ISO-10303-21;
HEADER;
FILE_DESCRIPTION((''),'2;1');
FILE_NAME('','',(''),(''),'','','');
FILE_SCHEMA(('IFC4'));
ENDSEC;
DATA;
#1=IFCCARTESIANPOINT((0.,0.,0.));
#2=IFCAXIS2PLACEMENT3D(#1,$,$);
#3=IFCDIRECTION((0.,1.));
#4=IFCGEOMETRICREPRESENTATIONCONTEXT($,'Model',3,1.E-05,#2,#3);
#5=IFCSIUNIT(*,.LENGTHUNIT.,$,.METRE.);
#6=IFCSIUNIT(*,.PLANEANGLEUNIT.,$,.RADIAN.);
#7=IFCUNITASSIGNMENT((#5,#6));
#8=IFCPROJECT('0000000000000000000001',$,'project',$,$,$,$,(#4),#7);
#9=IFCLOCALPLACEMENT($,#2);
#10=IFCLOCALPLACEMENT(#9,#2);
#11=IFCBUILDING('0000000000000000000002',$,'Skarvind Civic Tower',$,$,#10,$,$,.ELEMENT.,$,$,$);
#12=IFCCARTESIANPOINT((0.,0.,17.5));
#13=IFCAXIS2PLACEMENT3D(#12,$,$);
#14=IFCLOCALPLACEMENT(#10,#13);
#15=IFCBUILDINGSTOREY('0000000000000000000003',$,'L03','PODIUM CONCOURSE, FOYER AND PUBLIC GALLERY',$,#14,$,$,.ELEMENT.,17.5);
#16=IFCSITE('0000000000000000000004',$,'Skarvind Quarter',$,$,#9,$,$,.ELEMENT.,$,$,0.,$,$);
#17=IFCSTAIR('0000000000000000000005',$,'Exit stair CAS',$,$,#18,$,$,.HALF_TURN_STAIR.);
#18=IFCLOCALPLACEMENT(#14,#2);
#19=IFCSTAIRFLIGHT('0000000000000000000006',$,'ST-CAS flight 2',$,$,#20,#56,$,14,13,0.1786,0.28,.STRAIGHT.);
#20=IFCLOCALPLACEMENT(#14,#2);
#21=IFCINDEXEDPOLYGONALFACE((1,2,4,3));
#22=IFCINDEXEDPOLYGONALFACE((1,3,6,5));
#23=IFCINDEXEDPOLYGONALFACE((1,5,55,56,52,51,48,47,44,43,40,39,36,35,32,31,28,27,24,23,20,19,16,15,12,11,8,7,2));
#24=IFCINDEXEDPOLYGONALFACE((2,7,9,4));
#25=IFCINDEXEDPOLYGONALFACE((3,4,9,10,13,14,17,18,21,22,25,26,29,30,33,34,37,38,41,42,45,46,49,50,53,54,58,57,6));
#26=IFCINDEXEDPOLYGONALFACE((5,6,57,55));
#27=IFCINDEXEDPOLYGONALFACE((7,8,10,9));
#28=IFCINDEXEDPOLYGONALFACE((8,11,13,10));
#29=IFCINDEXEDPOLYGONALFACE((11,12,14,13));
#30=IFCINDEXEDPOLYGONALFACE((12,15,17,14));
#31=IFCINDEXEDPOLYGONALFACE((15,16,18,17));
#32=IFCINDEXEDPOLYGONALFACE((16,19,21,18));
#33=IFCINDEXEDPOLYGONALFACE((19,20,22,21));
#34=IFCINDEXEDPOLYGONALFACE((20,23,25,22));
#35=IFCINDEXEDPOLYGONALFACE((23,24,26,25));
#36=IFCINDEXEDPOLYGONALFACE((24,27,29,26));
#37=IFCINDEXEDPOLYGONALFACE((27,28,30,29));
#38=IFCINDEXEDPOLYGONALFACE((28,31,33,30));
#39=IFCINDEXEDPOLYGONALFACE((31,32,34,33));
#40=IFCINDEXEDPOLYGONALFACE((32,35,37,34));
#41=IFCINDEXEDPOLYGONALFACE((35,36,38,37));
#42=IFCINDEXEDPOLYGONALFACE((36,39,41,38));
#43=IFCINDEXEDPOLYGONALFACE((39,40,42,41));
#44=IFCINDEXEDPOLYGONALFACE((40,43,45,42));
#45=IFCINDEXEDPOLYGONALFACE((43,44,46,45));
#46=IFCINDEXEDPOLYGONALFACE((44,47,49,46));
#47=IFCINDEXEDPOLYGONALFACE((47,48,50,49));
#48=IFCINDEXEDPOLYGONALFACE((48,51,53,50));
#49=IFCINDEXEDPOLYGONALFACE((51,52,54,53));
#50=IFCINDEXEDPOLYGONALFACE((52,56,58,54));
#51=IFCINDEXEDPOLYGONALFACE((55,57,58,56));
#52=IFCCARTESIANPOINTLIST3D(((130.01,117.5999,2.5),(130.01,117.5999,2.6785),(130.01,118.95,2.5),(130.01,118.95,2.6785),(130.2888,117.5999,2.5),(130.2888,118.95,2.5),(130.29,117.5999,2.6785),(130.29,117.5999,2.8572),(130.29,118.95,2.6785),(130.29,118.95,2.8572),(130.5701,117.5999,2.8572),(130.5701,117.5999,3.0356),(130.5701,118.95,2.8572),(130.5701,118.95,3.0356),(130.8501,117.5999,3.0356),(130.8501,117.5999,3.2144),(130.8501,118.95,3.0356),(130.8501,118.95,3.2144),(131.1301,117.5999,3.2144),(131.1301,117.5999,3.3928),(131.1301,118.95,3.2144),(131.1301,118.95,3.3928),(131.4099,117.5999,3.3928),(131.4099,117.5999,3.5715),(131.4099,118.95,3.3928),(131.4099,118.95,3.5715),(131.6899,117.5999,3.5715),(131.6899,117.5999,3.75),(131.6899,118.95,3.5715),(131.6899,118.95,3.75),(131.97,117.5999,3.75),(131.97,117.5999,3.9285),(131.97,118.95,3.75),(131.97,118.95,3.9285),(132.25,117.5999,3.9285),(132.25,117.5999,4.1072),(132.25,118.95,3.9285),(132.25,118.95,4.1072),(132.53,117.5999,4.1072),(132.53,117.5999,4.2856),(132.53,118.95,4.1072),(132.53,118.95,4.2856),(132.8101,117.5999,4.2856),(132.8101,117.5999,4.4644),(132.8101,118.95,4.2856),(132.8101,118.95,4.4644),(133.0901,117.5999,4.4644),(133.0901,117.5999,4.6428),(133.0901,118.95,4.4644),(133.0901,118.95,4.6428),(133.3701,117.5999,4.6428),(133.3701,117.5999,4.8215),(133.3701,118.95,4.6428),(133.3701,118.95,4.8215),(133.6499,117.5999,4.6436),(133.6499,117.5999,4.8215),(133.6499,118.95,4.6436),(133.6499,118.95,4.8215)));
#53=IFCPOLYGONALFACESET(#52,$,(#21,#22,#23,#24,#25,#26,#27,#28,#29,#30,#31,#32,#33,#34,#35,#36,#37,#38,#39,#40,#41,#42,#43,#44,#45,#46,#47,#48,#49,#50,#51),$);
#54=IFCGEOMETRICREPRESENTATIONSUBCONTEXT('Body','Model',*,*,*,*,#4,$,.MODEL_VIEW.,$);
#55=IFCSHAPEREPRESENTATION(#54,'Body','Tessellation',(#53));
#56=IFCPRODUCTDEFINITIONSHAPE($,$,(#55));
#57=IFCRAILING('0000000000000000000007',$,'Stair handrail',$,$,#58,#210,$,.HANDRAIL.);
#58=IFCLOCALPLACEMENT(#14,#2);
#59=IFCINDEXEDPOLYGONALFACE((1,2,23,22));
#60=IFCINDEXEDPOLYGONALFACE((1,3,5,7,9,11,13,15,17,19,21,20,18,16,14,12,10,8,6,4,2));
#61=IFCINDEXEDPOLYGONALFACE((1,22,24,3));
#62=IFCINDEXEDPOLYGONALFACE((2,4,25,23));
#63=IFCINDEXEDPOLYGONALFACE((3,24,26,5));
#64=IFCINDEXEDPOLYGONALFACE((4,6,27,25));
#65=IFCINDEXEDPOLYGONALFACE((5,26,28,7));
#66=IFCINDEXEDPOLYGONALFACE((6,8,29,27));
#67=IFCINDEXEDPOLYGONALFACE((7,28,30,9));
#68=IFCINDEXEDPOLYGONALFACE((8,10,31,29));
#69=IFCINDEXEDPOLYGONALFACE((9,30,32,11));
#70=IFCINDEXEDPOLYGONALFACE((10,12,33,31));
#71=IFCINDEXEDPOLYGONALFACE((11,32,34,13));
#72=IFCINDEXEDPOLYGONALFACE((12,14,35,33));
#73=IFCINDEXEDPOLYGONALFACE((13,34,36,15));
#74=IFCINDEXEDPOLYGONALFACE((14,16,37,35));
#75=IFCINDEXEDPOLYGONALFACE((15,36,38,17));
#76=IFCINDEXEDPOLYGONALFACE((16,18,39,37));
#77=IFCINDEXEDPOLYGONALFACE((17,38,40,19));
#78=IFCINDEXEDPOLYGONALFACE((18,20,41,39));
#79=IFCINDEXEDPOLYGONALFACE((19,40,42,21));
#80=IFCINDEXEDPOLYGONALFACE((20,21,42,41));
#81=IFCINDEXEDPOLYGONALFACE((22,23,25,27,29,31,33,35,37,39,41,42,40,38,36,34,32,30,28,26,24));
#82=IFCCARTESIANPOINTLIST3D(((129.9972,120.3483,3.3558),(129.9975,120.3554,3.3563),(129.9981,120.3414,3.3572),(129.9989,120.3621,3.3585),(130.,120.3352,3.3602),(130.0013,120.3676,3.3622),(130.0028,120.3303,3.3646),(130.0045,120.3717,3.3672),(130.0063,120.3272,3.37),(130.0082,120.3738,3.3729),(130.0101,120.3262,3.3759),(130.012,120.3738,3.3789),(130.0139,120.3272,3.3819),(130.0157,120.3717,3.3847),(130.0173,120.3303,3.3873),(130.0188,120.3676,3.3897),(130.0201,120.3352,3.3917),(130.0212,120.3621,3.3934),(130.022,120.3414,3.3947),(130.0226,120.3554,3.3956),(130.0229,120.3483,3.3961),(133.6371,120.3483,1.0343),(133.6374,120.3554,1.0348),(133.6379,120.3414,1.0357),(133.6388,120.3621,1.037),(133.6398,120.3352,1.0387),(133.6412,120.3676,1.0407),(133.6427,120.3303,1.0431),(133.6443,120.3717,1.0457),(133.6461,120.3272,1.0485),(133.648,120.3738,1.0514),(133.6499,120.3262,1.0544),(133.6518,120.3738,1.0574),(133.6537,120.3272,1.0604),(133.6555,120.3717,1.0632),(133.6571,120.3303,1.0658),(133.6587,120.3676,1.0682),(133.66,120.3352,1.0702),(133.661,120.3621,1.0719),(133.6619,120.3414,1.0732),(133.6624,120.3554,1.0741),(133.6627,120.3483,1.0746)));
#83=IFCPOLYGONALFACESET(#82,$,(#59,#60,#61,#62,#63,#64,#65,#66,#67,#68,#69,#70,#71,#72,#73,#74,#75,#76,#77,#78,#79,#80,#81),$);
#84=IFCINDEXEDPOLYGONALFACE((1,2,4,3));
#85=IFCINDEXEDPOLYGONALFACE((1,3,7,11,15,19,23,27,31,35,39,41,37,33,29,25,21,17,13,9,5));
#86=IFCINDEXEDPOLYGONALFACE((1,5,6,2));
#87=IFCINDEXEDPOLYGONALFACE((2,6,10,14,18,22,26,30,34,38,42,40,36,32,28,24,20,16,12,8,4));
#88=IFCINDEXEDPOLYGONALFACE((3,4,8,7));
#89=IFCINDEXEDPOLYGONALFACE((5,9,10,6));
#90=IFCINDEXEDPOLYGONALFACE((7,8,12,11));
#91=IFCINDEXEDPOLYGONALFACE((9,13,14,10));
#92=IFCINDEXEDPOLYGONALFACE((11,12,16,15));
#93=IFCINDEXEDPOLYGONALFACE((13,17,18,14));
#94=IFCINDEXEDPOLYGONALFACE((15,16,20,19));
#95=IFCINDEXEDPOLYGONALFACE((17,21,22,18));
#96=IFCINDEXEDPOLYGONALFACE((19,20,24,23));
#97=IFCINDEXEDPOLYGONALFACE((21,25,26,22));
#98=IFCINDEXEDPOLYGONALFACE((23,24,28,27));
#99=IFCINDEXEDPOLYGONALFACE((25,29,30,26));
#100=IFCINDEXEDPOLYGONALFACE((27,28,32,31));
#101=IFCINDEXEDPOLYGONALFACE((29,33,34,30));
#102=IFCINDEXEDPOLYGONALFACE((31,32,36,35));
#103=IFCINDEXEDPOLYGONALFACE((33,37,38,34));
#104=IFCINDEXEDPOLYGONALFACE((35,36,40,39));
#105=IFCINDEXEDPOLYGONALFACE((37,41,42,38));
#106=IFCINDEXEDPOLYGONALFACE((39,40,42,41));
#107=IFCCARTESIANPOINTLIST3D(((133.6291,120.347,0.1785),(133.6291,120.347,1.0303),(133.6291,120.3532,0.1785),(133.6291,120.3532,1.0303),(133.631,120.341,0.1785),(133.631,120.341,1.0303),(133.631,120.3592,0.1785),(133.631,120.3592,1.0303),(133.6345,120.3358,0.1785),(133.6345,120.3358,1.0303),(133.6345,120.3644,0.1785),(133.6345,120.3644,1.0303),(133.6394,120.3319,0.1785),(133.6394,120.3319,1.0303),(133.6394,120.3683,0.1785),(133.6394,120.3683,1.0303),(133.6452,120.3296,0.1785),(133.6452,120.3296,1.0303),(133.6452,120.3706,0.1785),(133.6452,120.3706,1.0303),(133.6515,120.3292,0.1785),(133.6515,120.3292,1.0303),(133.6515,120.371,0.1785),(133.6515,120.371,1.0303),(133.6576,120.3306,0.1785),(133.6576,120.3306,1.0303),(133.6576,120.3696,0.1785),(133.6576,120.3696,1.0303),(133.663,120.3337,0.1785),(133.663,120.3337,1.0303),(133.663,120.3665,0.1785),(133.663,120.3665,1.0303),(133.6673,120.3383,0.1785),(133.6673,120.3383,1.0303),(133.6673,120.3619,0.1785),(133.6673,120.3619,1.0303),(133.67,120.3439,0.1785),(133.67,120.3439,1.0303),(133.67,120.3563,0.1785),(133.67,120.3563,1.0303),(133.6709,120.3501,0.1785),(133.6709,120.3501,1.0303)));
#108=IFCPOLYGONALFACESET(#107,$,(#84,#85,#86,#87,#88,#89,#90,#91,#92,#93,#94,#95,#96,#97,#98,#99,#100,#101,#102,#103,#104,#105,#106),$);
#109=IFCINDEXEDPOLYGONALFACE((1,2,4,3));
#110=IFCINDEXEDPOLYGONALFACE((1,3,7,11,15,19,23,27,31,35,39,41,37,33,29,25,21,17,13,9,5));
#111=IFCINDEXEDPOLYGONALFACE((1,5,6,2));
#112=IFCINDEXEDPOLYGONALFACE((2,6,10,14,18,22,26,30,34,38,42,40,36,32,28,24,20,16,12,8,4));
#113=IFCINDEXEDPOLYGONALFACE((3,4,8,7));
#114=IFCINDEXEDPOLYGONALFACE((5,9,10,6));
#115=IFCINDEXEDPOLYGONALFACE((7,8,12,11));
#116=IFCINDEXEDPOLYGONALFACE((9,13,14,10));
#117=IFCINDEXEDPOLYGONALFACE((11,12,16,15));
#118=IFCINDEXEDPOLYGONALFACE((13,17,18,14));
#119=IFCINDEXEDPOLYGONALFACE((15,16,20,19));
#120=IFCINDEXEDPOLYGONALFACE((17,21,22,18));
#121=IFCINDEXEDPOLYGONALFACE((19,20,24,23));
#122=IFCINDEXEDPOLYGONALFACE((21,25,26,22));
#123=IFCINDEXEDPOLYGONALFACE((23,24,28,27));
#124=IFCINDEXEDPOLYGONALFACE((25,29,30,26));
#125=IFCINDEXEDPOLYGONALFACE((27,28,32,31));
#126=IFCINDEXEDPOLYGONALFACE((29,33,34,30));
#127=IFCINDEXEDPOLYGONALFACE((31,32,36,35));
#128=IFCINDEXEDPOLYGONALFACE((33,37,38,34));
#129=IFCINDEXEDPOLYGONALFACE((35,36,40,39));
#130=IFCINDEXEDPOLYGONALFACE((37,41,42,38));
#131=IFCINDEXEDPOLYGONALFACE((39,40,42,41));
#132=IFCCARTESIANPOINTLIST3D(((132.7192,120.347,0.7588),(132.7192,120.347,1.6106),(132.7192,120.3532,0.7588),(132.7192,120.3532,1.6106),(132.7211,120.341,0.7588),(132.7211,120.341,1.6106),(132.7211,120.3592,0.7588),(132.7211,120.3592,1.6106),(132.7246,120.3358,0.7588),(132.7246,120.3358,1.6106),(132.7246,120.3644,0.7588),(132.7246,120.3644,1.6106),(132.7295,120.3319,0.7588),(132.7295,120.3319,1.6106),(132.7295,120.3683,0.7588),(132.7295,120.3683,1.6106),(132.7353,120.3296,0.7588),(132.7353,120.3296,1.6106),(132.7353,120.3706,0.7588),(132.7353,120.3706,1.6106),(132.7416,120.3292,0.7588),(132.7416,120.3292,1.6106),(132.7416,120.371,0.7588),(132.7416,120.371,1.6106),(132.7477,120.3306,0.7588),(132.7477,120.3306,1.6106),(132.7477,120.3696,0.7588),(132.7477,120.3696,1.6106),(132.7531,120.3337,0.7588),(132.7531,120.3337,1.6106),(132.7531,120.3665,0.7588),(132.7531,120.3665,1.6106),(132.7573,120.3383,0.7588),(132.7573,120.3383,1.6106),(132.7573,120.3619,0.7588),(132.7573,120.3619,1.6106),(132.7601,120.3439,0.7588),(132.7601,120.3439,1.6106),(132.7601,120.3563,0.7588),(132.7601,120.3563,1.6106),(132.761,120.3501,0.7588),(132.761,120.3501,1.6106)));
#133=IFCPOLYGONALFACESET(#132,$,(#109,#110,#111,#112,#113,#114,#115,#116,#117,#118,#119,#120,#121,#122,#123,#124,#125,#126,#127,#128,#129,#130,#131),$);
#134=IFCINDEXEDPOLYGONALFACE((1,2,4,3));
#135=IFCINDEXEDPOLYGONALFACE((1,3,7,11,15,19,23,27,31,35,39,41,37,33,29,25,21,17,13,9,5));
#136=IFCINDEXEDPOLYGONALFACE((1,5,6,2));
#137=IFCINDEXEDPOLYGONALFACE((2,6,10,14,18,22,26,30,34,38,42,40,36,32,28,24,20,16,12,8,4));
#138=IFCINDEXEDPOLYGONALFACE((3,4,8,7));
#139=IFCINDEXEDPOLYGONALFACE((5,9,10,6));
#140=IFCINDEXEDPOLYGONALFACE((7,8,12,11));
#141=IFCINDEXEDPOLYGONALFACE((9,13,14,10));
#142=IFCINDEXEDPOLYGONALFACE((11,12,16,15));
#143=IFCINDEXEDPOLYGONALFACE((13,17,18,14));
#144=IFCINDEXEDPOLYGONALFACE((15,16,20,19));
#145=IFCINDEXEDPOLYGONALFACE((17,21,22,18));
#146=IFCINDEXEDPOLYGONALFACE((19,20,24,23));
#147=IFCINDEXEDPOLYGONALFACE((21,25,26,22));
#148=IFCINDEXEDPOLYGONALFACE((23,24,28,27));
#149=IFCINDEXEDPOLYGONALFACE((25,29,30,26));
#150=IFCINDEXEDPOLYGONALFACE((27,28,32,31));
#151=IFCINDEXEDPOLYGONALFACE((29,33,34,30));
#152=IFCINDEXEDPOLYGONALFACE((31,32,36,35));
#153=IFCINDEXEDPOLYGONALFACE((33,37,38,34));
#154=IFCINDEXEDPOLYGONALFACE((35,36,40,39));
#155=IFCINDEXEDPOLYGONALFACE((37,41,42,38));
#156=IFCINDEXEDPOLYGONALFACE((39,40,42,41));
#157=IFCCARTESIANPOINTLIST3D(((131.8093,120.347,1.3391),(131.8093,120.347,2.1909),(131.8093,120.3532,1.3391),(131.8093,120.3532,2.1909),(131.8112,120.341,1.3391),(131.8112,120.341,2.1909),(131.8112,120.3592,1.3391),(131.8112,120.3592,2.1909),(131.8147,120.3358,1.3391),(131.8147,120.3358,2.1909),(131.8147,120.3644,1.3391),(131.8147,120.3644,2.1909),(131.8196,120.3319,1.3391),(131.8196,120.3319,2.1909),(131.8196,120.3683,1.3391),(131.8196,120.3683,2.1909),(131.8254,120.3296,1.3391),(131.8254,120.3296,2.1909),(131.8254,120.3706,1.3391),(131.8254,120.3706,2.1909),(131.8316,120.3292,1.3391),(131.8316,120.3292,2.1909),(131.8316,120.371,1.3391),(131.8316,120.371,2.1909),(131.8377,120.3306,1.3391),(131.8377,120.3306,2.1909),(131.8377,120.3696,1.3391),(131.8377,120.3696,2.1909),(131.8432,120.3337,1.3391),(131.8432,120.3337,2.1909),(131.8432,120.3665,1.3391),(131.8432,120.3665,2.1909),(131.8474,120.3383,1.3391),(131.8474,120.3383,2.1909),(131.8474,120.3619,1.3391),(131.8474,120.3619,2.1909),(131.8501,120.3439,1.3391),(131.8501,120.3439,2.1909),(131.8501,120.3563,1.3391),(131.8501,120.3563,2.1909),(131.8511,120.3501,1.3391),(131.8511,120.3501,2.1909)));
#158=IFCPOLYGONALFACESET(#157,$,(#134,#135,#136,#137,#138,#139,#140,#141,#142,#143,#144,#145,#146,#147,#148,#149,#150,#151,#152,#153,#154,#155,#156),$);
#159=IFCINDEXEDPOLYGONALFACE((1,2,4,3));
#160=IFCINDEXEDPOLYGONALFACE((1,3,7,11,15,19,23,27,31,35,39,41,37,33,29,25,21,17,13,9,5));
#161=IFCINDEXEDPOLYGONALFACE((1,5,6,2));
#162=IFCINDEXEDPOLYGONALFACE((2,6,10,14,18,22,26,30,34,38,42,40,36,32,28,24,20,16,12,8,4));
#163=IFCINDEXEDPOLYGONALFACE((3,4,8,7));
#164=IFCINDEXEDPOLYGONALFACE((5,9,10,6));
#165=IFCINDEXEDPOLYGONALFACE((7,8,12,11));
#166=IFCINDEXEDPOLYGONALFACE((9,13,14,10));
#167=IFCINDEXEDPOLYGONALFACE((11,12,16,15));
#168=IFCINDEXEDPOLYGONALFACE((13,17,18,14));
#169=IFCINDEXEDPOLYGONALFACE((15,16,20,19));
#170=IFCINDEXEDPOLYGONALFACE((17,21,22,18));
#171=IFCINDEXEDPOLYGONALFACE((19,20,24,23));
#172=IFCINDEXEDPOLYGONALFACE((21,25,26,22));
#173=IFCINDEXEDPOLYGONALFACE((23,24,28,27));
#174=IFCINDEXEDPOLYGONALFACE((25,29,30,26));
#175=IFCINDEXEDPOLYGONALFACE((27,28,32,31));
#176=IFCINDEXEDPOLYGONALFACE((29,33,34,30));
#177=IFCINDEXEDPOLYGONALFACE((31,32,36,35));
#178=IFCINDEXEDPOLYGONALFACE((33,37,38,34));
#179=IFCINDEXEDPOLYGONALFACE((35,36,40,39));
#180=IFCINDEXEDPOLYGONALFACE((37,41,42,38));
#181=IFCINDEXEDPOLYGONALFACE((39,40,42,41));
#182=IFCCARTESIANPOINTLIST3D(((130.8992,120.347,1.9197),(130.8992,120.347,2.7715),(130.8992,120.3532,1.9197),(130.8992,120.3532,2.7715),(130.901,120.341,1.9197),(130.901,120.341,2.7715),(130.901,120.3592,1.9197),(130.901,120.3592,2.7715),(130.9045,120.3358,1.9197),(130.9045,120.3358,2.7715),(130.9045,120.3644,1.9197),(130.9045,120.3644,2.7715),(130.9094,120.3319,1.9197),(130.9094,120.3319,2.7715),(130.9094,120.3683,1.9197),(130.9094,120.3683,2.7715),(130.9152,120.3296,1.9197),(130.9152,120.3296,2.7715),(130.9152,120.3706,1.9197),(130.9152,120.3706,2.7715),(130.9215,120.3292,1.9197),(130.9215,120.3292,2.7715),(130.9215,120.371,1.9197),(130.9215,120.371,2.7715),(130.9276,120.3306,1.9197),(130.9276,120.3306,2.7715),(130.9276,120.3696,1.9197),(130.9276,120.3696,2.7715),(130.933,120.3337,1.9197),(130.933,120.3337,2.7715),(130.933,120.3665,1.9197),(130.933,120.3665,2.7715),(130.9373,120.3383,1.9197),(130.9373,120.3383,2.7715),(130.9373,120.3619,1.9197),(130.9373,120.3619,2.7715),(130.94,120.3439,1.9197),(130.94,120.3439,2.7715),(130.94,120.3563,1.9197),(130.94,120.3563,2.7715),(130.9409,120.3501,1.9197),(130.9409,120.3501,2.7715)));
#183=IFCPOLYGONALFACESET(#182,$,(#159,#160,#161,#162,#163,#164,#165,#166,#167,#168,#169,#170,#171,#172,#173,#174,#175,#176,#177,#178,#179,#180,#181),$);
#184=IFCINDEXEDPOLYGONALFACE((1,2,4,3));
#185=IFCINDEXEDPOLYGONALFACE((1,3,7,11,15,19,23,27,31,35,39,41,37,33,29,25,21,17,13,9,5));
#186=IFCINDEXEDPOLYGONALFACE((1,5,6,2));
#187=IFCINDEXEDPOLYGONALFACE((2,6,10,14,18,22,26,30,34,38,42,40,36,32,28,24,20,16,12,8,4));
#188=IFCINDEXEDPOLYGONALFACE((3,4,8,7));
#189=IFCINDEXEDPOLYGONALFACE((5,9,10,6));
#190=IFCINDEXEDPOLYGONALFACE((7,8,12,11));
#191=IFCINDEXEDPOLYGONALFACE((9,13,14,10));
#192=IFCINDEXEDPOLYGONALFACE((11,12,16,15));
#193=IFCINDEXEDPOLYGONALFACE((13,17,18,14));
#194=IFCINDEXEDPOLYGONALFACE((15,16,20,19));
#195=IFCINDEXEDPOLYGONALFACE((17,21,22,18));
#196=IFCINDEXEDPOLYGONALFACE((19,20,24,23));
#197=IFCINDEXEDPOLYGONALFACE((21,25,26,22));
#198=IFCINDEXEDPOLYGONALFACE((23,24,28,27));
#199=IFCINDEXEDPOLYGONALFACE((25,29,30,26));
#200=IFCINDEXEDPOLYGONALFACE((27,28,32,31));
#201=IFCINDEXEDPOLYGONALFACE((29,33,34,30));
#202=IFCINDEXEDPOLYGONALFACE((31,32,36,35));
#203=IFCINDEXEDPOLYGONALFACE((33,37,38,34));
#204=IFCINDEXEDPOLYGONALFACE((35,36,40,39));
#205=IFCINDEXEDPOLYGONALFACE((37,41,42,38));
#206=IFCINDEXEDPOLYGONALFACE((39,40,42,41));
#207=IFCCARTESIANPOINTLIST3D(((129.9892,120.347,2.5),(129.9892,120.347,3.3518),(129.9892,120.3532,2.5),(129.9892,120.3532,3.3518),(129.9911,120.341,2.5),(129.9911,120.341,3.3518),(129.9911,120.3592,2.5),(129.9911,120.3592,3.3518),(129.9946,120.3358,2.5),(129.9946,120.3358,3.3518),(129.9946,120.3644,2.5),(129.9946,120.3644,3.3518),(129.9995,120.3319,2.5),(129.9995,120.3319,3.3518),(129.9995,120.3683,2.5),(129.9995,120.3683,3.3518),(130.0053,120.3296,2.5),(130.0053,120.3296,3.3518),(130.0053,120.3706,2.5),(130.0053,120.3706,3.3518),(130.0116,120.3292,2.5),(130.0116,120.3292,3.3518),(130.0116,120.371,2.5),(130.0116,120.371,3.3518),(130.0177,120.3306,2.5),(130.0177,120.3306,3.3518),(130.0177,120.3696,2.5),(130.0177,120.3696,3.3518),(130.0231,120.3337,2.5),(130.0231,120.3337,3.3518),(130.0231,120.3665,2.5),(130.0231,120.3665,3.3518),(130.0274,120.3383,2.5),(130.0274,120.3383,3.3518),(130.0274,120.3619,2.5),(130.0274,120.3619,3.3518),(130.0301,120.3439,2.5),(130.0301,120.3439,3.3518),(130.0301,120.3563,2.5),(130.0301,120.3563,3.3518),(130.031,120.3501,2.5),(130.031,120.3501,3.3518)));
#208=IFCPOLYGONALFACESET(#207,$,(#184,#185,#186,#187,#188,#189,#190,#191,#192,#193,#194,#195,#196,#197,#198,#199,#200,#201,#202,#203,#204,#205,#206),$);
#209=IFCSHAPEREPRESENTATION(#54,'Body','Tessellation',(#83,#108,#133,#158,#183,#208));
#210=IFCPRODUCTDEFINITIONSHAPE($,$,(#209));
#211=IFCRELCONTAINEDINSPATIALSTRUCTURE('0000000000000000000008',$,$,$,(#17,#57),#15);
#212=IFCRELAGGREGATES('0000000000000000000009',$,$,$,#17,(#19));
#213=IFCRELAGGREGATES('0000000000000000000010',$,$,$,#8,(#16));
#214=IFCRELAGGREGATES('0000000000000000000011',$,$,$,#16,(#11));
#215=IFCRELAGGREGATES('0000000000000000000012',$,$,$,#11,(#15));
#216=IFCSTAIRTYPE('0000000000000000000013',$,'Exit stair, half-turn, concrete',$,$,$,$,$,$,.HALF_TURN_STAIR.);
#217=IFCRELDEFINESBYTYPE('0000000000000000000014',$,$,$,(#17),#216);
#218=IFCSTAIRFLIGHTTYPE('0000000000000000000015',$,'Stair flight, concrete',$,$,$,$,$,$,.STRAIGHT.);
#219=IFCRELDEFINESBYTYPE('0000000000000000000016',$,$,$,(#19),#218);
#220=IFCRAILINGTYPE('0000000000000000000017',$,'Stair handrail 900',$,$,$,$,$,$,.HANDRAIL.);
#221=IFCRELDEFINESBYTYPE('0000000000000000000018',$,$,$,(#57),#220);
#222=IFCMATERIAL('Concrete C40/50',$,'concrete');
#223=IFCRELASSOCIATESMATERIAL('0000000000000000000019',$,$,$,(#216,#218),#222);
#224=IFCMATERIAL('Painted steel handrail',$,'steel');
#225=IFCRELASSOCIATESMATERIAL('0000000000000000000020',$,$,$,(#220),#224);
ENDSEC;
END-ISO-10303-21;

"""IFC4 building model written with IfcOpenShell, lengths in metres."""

from ifc_helpers import new_model, si_unit, direction, frame, origin, origin_2d, place, context, subcontext, project, spatial, polyline, circle, outline, extrude, material, type_object, element, aggregate, save


model = new_model("IFC4")

# Units and contexts
model_context = context("Model", 3, precision=1e-05, world=origin(), true_north=direction((0.0, 1.0)))
body_context = subcontext(model_context, "Body", "Model", "MODEL_VIEW")
ifc_project = project(units=[si_unit("LENGTHUNIT", "METRE"), si_unit("PLANEANGLEUNIT", "RADIAN")], contexts=[model_context])

# Site, building, storey
site_placement = place(None, origin())
site = spatial("IfcSite", under=ifc_project, at=site_placement, Name="Skarvind Quarter", CompositionType="ELEMENT", RefElevation=0.0)
building_placement = place(site_placement, origin())
building = spatial("IfcBuilding", under=site, at=building_placement, Name="Skarvind Civic Tower", CompositionType="ELEMENT")
storey_placement = place(building_placement, frame((0.0, 0.0, 17.5)))
storey = spatial("IfcBuildingStorey", under=building, at=storey_placement, Name="L03", Description="PODIUM CONCOURSE, FOYER AND PUBLIC GALLERY", CompositionType="ELEMENT", Elevation=17.5)

# Stair, stair flight
ifc_material_1 = material(Name="Concrete C40/50", Category="concrete")
stair_type = type_object("IfcStairType", Name="Exit stair, half-turn, concrete", PredefinedType="HALF_TURN_STAIR", material=ifc_material_1)
stair_placement = place(storey_placement, origin())
stair = element("IfcStair", 1, at=stair_placement, inside=storey, type_object=stair_type, Name="Exit stair CAS", PredefinedType="HALF_TURN_STAIR")
stair_flight_type = type_object("IfcStairFlightType", Name="Stair flight, concrete", PredefinedType="STRAIGHT", material=ifc_material_1)
stair_flight_1_placement = place(storey_placement, frame((130.01, 118.2749, 2.5), z_axis=(0.0, 0.0, 1.0), x_axis=(1.0, 0.0, 0.0)))
stair_flight_1 = element("IfcStairFlight", 2, at=stair_flight_1_placement, type_object=stair_flight_type, Name="ST-CAS flight 2", NumberOfRisers=14, NumberOfTreads=13, PredefinedType="STRAIGHT", RiserHeight=0.1786, TreadLength=0.28, context=body_context, shape_type="SweptSolid", body=[
    extrude(outline(polyline([(0.0, 0.0), (0.0, 0.1785), (0.28, 0.1785), (0.28, 0.3572), (0.5601, 0.3572), (0.5601, 0.5356), (0.8401, 0.5356), (0.8401, 0.7144), (1.1201, 0.7144), (1.1201, 0.8928), (1.3999, 0.8928), (1.3999, 1.0715), (1.6799, 1.0715), (1.6799, 1.25), (1.96, 1.25), (1.96, 1.4285), (2.24, 1.4285), (2.24, 1.6072), (2.52, 1.6072), (2.52, 1.7856), (2.8, 1.7856), (2.8, 1.9644), (3.0801, 1.9644), (3.0801, 2.1428), (3.3601, 2.1428), (3.3601, 2.3215), (3.6399, 2.3215), (3.6399, 2.5), (3.6399, 2.1436), (0.2788, 0.0), (0.0, 0.0)])), frame((0.0, 0.675, 0.0), z_axis=(0.0, -1.0, 0.0), x_axis=(1.0, 0.0, 0.0)), (0.0, 0.0, 1.0), 1.3501),
])
aggregate(stair, [stair_flight_1])

# Railing
ifc_material_2 = material(Name="Painted steel handrail", Category="steel")
railing_type = type_object("IfcRailingType", Name="Stair handrail 900", PredefinedType="HANDRAIL", material=ifc_material_2)
railing_1_placement = place(storey_placement, frame((133.6499, 120.3501, 0.1785)))
element("IfcRailing", 3, at=railing_1_placement, inside=storey, type_object=railing_type, Name="Stair handrail", PredefinedType="HANDRAIL", context=body_context, shape_type="SweptSolid", body=[
    extrude(circle(Radius=0.0239, at=origin_2d()), frame((0.0, 0.0, 0.876), z_axis=(-0.843112, 0.0, 0.537739), x_axis=(0.0, -1.0, 0.0)), (0.0, 0.0, 1.0), 4.3171),
    extrude(circle(Radius=0.021, at=origin_2d()), origin(), (0.0, 0.0, 1.0), 0.8518),
    extrude(circle(Radius=0.021, at=origin_2d()), frame((-0.9099, 0.0, 0.5803)), (0.0, 0.0, 1.0), 0.8518),
    extrude(circle(Radius=0.021, at=origin_2d()), frame((-1.8198, 0.0, 1.1606)), (0.0, 0.0, 1.0), 0.8518),
    extrude(circle(Radius=0.021, at=origin_2d()), frame((-2.73, 0.0, 1.7412)), (0.0, 0.0, 1.0), 0.8518),
    extrude(circle(Radius=0.021, at=origin_2d()), frame((-3.6399, 0.0, 2.3215)), (0.0, 0.0, 1.0), 0.8518),
])

save(model, "model.ifc")
